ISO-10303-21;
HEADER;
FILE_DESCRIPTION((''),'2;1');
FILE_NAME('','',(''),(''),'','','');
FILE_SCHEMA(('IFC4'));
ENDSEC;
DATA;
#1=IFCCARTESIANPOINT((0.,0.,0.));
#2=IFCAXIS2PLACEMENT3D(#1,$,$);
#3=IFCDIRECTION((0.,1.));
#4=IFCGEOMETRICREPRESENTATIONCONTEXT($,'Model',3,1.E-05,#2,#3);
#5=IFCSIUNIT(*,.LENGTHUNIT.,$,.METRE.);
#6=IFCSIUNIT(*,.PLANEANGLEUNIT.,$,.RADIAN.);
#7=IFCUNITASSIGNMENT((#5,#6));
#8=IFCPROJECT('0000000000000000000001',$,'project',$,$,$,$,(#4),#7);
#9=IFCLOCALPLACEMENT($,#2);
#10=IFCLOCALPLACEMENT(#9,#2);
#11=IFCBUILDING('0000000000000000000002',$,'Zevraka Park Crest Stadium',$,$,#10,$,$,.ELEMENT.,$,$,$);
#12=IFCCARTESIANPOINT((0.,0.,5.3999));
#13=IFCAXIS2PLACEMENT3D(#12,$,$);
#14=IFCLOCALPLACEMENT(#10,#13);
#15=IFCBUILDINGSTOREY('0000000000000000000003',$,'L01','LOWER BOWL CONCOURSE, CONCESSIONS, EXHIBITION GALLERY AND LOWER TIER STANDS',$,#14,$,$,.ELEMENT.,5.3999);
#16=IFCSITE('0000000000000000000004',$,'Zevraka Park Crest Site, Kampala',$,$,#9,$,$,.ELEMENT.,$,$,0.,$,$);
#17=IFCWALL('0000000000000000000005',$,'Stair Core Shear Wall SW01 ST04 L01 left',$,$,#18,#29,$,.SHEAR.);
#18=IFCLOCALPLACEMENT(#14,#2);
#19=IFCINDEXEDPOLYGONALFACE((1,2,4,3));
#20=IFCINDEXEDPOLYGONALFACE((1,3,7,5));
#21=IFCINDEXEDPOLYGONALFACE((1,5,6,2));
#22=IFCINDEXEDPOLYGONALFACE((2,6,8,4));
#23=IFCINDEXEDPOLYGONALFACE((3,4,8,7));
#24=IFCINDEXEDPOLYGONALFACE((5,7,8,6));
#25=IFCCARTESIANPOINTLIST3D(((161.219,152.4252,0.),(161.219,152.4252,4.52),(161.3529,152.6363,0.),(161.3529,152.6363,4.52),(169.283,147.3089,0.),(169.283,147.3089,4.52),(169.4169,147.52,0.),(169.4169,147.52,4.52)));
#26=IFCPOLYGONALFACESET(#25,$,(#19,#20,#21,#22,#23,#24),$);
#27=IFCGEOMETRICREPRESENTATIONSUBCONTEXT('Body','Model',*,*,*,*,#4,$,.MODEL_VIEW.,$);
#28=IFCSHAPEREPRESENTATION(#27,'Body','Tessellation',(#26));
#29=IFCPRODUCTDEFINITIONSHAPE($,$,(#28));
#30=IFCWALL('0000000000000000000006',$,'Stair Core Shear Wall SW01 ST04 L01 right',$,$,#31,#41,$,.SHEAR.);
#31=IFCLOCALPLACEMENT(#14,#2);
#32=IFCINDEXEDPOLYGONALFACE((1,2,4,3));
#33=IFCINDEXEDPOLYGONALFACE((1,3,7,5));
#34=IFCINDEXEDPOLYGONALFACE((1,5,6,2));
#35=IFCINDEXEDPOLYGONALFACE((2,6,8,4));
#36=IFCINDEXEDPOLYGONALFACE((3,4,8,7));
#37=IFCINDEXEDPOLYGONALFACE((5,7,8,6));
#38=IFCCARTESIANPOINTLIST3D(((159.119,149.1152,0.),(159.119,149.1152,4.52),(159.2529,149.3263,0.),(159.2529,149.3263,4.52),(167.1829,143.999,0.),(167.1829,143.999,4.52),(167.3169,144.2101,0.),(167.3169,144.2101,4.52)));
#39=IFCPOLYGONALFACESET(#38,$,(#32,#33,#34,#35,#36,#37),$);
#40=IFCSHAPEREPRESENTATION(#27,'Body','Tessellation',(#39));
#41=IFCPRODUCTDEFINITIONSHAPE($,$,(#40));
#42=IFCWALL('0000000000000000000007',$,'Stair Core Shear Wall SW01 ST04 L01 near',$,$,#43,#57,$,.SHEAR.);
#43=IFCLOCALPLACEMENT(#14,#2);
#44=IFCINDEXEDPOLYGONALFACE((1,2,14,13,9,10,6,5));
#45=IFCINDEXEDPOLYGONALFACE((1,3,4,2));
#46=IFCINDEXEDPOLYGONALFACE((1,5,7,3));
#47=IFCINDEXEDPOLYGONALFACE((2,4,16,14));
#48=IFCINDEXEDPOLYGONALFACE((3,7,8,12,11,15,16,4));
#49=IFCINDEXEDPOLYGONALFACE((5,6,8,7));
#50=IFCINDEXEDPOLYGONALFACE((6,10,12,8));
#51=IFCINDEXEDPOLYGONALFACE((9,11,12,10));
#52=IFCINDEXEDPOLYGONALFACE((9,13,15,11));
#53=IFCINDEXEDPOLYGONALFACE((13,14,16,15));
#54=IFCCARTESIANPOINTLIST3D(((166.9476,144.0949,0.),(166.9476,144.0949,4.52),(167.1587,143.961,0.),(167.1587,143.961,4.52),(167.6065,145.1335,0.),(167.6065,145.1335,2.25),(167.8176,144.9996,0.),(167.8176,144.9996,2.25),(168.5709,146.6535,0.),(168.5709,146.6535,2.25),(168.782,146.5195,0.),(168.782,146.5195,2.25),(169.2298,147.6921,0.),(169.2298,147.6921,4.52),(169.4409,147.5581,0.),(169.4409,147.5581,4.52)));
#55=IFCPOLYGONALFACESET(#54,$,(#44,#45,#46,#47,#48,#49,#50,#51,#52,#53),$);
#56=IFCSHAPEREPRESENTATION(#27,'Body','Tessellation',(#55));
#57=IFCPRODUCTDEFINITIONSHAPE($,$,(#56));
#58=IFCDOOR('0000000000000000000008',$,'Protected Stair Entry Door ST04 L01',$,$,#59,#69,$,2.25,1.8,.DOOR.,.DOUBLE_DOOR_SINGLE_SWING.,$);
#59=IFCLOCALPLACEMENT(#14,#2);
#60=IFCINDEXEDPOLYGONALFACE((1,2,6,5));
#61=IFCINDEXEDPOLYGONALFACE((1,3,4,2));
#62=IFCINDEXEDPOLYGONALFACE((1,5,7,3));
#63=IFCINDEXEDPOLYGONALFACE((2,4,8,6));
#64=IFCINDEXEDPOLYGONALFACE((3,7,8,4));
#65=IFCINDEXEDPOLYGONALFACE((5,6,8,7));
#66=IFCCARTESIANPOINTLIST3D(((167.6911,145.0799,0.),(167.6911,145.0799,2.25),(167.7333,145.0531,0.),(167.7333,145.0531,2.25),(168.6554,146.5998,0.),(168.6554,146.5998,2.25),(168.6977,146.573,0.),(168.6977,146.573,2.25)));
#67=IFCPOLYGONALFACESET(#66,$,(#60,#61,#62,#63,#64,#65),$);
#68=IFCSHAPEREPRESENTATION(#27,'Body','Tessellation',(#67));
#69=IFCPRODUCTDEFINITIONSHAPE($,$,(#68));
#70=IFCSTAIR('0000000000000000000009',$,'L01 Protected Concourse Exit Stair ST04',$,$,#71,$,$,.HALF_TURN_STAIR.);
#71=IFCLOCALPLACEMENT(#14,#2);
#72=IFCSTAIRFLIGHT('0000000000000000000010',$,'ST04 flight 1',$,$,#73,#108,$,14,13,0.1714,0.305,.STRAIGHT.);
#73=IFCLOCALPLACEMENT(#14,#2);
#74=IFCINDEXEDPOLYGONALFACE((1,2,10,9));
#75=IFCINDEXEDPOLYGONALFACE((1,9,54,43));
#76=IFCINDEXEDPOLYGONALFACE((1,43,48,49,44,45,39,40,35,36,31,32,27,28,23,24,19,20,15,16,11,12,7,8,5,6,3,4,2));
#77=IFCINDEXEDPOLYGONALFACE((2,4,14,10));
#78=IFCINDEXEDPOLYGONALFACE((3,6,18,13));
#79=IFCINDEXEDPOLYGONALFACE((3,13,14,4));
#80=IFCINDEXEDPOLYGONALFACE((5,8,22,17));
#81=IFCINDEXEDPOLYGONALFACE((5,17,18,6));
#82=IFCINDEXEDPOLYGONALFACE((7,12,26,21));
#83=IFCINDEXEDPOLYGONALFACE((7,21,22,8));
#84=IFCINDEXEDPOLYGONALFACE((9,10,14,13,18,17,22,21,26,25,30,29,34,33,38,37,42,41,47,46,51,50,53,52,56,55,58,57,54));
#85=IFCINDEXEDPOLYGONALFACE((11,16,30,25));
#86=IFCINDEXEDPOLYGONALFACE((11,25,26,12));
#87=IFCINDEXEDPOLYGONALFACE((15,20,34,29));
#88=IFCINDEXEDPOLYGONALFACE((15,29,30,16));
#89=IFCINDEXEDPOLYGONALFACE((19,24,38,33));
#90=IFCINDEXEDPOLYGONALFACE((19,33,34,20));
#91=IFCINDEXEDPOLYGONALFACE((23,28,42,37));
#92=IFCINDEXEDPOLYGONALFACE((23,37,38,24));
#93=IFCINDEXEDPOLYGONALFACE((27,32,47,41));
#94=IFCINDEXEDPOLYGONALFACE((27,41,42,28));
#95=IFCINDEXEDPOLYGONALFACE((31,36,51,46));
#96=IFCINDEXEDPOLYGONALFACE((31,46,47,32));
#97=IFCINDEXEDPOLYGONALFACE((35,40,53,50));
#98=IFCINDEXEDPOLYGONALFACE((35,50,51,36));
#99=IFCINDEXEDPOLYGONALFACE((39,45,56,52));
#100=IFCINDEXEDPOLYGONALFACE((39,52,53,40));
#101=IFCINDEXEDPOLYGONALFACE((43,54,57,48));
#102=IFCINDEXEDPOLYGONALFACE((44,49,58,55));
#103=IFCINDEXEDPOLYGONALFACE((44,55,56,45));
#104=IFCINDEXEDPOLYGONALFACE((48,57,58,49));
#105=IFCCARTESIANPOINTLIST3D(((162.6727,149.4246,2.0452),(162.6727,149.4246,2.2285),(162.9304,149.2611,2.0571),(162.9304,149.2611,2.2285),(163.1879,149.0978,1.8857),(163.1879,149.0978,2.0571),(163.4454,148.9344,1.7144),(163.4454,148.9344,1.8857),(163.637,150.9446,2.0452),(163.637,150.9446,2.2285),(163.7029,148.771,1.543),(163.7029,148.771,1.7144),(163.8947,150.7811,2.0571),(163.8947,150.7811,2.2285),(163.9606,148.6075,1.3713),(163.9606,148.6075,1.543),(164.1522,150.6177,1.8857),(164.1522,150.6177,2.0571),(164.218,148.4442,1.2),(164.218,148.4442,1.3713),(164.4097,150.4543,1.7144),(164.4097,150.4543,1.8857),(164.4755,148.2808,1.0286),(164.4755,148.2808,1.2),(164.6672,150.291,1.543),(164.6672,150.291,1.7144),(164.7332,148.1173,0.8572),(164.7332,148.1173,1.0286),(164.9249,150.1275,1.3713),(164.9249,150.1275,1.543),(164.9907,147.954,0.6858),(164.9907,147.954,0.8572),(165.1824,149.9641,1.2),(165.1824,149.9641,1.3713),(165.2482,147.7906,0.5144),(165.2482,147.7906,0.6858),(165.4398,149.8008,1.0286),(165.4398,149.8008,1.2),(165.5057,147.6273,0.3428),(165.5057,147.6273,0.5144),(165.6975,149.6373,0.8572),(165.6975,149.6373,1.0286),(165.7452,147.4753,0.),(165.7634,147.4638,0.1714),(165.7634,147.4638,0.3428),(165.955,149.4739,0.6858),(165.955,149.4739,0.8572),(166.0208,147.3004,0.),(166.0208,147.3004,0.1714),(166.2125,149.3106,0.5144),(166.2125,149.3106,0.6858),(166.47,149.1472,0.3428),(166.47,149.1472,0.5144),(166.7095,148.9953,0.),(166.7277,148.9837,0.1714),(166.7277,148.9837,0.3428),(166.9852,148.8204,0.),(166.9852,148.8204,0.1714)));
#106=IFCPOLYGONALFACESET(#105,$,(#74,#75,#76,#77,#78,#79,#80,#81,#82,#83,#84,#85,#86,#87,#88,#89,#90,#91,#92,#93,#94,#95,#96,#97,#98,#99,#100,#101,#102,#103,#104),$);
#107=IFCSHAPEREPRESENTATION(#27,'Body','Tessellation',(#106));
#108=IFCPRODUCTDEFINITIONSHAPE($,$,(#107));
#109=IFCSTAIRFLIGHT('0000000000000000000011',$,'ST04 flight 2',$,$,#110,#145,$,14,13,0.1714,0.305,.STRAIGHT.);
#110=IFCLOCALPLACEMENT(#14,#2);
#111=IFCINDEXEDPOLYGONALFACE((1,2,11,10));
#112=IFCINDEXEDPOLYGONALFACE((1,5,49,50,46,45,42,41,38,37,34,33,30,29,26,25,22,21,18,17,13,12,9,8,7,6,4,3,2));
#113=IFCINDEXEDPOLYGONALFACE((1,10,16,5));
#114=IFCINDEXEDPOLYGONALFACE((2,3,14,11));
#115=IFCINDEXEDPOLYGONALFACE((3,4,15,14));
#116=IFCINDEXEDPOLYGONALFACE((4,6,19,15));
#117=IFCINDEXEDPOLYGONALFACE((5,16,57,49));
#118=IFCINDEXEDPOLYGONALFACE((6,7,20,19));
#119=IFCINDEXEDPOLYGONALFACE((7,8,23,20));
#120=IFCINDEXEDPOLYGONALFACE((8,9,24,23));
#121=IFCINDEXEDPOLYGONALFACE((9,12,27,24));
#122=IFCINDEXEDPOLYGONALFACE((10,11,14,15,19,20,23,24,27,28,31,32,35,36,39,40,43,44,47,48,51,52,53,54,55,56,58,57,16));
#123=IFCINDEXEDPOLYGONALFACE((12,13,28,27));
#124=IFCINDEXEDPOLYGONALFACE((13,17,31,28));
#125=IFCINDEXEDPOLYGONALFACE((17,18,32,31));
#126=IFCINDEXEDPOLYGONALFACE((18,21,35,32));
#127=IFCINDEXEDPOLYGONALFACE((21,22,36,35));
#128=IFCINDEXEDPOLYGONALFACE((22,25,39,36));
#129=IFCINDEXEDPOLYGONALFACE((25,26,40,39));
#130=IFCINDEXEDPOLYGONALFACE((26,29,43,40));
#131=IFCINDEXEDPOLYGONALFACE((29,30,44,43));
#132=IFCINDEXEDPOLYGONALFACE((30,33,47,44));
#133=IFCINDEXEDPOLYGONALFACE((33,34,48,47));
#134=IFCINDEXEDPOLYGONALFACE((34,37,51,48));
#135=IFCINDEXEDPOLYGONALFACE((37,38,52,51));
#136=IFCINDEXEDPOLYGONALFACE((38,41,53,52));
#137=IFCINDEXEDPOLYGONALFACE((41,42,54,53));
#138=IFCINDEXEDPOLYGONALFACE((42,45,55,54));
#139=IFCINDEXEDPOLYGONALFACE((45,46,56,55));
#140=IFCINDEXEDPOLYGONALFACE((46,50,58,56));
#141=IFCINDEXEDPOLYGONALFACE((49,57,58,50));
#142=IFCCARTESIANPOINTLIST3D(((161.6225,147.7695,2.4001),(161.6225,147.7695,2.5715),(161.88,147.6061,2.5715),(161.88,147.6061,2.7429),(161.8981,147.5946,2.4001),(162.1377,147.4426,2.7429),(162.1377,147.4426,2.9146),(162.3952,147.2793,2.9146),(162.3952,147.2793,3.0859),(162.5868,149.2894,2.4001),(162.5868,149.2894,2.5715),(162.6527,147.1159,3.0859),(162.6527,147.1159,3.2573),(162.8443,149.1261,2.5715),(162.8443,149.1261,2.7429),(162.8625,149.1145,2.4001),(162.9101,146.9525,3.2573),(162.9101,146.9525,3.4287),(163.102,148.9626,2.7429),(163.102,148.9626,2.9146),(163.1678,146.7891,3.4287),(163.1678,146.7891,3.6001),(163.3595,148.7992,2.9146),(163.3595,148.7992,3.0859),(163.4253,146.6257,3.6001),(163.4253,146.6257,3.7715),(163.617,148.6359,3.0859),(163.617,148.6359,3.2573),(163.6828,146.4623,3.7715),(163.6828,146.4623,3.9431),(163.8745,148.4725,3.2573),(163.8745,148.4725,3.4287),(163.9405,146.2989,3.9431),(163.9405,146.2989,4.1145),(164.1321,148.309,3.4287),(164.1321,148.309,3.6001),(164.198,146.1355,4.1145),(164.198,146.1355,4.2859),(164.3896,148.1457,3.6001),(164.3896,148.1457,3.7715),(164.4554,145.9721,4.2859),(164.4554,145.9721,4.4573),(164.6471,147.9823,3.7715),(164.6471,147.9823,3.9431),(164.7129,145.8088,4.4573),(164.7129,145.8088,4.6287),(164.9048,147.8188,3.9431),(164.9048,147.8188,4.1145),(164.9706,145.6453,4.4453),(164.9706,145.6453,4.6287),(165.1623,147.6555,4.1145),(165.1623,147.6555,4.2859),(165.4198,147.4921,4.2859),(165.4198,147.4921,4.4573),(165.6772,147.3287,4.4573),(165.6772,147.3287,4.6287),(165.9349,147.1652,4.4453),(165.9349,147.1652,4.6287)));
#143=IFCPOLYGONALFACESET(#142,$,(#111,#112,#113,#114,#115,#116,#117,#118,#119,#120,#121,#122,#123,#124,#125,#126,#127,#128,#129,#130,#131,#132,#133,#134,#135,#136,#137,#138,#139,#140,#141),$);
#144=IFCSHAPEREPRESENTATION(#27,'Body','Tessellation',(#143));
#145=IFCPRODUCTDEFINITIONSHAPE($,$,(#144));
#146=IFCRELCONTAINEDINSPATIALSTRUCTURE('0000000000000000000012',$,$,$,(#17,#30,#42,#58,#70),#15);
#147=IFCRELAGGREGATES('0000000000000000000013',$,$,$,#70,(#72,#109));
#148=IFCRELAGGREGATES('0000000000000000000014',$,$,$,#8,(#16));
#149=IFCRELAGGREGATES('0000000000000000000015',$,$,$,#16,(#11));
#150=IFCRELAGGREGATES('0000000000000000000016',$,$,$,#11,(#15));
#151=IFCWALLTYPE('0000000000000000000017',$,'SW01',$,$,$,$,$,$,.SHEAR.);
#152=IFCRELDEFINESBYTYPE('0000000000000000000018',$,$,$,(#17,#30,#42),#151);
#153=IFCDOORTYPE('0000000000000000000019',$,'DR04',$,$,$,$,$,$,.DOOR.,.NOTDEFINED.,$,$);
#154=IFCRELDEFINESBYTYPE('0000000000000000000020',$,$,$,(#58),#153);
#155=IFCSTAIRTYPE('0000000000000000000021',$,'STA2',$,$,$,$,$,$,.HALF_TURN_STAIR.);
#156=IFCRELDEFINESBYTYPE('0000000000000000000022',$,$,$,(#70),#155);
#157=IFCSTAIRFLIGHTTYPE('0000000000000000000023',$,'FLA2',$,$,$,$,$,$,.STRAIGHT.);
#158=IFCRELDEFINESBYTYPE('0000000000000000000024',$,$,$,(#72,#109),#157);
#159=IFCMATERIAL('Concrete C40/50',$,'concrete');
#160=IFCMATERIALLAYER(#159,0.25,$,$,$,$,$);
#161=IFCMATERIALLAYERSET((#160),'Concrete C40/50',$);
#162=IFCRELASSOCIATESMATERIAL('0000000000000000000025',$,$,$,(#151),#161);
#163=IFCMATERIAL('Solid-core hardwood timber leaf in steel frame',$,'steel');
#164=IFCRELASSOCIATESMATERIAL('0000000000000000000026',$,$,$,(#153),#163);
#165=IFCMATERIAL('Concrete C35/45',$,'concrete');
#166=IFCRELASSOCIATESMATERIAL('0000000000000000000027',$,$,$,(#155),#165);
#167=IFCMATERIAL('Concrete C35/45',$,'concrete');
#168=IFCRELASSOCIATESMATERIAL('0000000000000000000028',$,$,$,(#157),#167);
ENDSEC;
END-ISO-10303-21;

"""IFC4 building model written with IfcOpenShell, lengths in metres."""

from ifc_helpers import new_model, si_unit, direction, frame, frame_2d, origin, place, context, subcontext, project, spatial, polyline, rectangle, outline, extrude, material, layer, layer_set, type_object, element, fill, aggregate, save


model = new_model("IFC4")

# Units and contexts
model_context = context("Model", 3, precision=1e-05, world=origin(), true_north=direction((0.0, 1.0)))
body_context = subcontext(model_context, "Body", "Model", "MODEL_VIEW")
ifc_project = project(units=[si_unit("LENGTHUNIT", "METRE"), si_unit("PLANEANGLEUNIT", "RADIAN")], contexts=[model_context])

# Site, building, storey
site_placement = place(None, origin())
site = spatial("IfcSite", under=ifc_project, at=site_placement, Name="Zevraka Park Crest Site, Kampala", CompositionType="ELEMENT", RefElevation=0.0)
building_placement = place(site_placement, origin())
building = spatial("IfcBuilding", under=site, at=building_placement, Name="Zevraka Park Crest Stadium", CompositionType="ELEMENT")
storey_placement = place(building_placement, frame((0.0, 0.0, 5.3999)))
storey = spatial("IfcBuildingStorey", under=building, at=storey_placement, Name="L01", Description="LOWER BOWL CONCOURSE, CONCESSIONS, EXHIBITION GALLERY AND LOWER TIER STANDS", CompositionType="ELEMENT", Elevation=5.3999)

# Walls
ifc_material_1 = material(Name="Concrete C40/50", Category="concrete")
ifc_layer_1 = layer(ifc_material_1, 0.25)
ifc_layer_set_1 = layer_set([ifc_layer_1], Name="Concrete C40/50")
wall_type_1 = type_object("IfcWallType", Name="SW01", PredefinedType="SHEAR", material=ifc_layer_set_1)
for number, where, z_axis, x_axis, name in (
    (1, (169.3499, 147.4146, 0.0), (0.0, 0.0, 1.0), (-0.844391, 0.535727, 0.0), "Stair Core Shear Wall SW01 ST04 L01 left"),
    (2, (159.186, 149.2207, 0.0), (0.0, 0.0, 1.0), (0.844391, -0.535727, 0.0), "Stair Core Shear Wall SW01 ST04 L01 right"),
):
    element("IfcWall", number, at=place(storey_placement, frame(where, z_axis=z_axis, x_axis=x_axis)), inside=storey, type_object=wall_type_1, Name=name, PredefinedType="SHEAR", context=body_context, shape_type="SweptSolid", body=[
        extrude(rectangle(XDim=9.55, YDim=0.25, at=frame_2d((4.7749, 0.0))), origin(), (0.0, 0.0, 1.0), 4.52),
    ])

# Wall, opening, door
wall_1_placement = place(storey_placement, frame((167.0532, 144.0281, 0.0), z_axis=(0.0, 0.0, 1.0), x_axis=(0.535725, 0.844392, 0.0)))
wall_1 = element("IfcWall", 3, at=wall_1_placement, inside=storey, type_object=wall_type_1, Name="Stair Core Shear Wall SW01 ST04 L01 near", PredefinedType="SHEAR", context=body_context, shape_type="SweptSolid", body=[
    extrude(rectangle(XDim=4.26, YDim=0.25, at=frame_2d((2.1299, 0.0))), origin(), (0.0, 0.0, 1.0), 4.52),
])
opening_1_placement = place(wall_1_placement, frame((1.23, 0.0, 0.0)))
opening_1 = element("IfcOpeningElement", 4, at=opening_1_placement, cuts=wall_1, PredefinedType="OPENING", context=body_context, shape_type="SweptSolid", body=[
    extrude(rectangle(XDim=1.8, YDim=2.25, at=frame_2d((0.8999, 1.125))), frame((0.0, 0.135, 0.0), z_axis=(0.0, -1.0, 0.0), x_axis=(1.0, 0.0, 0.0)), (0.0, 0.0, 1.0), 0.27),
])
ifc_material_2 = material(Name="Solid-core hardwood timber leaf in steel frame", Category="steel")
door_type_1 = type_object("IfcDoorType", Name="DR04", OperationType="NOTDEFINED", PredefinedType="DOOR", material=ifc_material_2)
door_1_placement = place(opening_1_placement, origin())
door_1 = element("IfcDoor", 5, at=door_1_placement, inside=storey, type_object=door_type_1, Name="Protected Stair Entry Door ST04 L01", OperationType="DOUBLE_DOOR_SINGLE_SWING", OverallHeight=2.25, OverallWidth=1.8, PredefinedType="DOOR", context=body_context, shape_type="SweptSolid", body=[
    extrude(rectangle(XDim=1.8, YDim=2.25, at=frame_2d((0.8999, 1.125))), frame((0.0, 0.0249, 0.0), z_axis=(0.0, -1.0, 0.0), x_axis=(1.0, 0.0, 0.0)), (0.0, 0.0, 1.0), 0.05),
])
fill(opening_1, door_1)

# Stair, stair flights
ifc_material_3 = material(Name="Concrete C35/45", Category="concrete")
stair_type = type_object("IfcStairType", Name="STA2", PredefinedType="HALF_TURN_STAIR", material=ifc_material_3)
stair_placement = place(storey_placement, origin())
stair = element("IfcStair", 6, at=stair_placement, inside=storey, type_object=stair_type, Name="L01 Protected Concourse Exit Stair ST04", PredefinedType="HALF_TURN_STAIR")
ifc_material_4 = material(Name="Concrete C35/45", Category="concrete")
stair_flight_type = type_object("IfcStairFlightType", Name="FLA2", PredefinedType="STRAIGHT", material=ifc_material_4)
stair_flight_1_placement = place(storey_placement, frame((166.5029, 148.0603, 0.0), z_axis=(0.0, 0.0, 1.0), x_axis=(-0.844397, 0.535718, 0.0)))
stair_flight_1 = element("IfcStairFlight", 7, at=stair_flight_1_placement, type_object=stair_flight_type, Name="ST04 flight 1", NumberOfRisers=14, NumberOfTreads=13, PredefinedType="STRAIGHT", RiserHeight=0.1714, TreadLength=0.305, context=body_context, shape_type="SweptSolid", body=[
    extrude(outline(polyline([(0.0, 0.0), (0.0, 0.1714), (0.3049, 0.1714), (0.3049, 0.3428), (0.6101, 0.3428), (0.6101, 0.5144), (0.915, 0.5144), (0.915, 0.6858), (1.22, 0.6858), (1.22, 0.8572), (1.5249, 0.8572), (1.5249, 1.0286), (1.8301, 1.0286), (1.8301, 1.2), (2.135, 1.2), (2.135, 1.3713), (2.4399, 1.3713), (2.4399, 1.543), (2.7451, 1.543), (2.7451, 1.7144), (3.05, 1.7144), (3.05, 1.8857), (3.355, 1.8857), (3.355, 2.0571), (3.6599, 2.0571), (3.6599, 2.2285), (3.9651, 2.2285), (3.9651, 2.3999), (3.9651, 2.0452), (0.3264, 0.0), (0.0, 0.0)])), frame((0.0, 0.8999, 0.0), z_axis=(0.0, -1.0, 0.0), x_axis=(1.0, 0.0, 0.0)), (0.0, 0.0, 1.0), 1.8),
])
stair_flight_2_placement = place(storey_placement, frame((162.1047, 148.5295, 2.4001), z_axis=(0.0, 0.0, 1.0), x_axis=(0.844397, -0.535718, 0.0)))
stair_flight_2 = element("IfcStairFlight", 8, at=stair_flight_2_placement, type_object=stair_flight_type, Name="ST04 flight 2", NumberOfRisers=14, NumberOfTreads=13, PredefinedType="STRAIGHT", RiserHeight=0.1714, TreadLength=0.305, context=body_context, shape_type="SweptSolid", body=[
    extrude(outline(polyline([(0.0, 0.0), (0.0, 0.1714), (0.3049, 0.1714), (0.3049, 0.3428), (0.6101, 0.3428), (0.6101, 0.5144), (0.915, 0.5144), (0.915, 0.6858), (1.22, 0.6858), (1.22, 0.8572), (1.5249, 0.8572), (1.5249, 1.0286), (1.8301, 1.0286), (1.8301, 1.2), (2.135, 1.2), (2.135, 1.3713), (2.4399, 1.3713), (2.4399, 1.543), (2.7451, 1.543), (2.7451, 1.7144), (3.05, 1.7144), (3.05, 1.8857), (3.355, 1.8857), (3.355, 2.0571), (3.6599, 2.0571), (3.6599, 2.2285), (3.9651, 2.2285), (3.9651, 2.3999), (3.9651, 2.0452), (0.3264, 0.0), (0.0, 0.0)])), frame((0.0, 0.8999, 0.0), z_axis=(0.0, -1.0, 0.0), x_axis=(1.0, 0.0, 0.0)), (0.0, 0.0, 1.0), 1.8),
])
aggregate(stair, [stair_flight_1, stair_flight_2])

save(model, "model.ifc")
